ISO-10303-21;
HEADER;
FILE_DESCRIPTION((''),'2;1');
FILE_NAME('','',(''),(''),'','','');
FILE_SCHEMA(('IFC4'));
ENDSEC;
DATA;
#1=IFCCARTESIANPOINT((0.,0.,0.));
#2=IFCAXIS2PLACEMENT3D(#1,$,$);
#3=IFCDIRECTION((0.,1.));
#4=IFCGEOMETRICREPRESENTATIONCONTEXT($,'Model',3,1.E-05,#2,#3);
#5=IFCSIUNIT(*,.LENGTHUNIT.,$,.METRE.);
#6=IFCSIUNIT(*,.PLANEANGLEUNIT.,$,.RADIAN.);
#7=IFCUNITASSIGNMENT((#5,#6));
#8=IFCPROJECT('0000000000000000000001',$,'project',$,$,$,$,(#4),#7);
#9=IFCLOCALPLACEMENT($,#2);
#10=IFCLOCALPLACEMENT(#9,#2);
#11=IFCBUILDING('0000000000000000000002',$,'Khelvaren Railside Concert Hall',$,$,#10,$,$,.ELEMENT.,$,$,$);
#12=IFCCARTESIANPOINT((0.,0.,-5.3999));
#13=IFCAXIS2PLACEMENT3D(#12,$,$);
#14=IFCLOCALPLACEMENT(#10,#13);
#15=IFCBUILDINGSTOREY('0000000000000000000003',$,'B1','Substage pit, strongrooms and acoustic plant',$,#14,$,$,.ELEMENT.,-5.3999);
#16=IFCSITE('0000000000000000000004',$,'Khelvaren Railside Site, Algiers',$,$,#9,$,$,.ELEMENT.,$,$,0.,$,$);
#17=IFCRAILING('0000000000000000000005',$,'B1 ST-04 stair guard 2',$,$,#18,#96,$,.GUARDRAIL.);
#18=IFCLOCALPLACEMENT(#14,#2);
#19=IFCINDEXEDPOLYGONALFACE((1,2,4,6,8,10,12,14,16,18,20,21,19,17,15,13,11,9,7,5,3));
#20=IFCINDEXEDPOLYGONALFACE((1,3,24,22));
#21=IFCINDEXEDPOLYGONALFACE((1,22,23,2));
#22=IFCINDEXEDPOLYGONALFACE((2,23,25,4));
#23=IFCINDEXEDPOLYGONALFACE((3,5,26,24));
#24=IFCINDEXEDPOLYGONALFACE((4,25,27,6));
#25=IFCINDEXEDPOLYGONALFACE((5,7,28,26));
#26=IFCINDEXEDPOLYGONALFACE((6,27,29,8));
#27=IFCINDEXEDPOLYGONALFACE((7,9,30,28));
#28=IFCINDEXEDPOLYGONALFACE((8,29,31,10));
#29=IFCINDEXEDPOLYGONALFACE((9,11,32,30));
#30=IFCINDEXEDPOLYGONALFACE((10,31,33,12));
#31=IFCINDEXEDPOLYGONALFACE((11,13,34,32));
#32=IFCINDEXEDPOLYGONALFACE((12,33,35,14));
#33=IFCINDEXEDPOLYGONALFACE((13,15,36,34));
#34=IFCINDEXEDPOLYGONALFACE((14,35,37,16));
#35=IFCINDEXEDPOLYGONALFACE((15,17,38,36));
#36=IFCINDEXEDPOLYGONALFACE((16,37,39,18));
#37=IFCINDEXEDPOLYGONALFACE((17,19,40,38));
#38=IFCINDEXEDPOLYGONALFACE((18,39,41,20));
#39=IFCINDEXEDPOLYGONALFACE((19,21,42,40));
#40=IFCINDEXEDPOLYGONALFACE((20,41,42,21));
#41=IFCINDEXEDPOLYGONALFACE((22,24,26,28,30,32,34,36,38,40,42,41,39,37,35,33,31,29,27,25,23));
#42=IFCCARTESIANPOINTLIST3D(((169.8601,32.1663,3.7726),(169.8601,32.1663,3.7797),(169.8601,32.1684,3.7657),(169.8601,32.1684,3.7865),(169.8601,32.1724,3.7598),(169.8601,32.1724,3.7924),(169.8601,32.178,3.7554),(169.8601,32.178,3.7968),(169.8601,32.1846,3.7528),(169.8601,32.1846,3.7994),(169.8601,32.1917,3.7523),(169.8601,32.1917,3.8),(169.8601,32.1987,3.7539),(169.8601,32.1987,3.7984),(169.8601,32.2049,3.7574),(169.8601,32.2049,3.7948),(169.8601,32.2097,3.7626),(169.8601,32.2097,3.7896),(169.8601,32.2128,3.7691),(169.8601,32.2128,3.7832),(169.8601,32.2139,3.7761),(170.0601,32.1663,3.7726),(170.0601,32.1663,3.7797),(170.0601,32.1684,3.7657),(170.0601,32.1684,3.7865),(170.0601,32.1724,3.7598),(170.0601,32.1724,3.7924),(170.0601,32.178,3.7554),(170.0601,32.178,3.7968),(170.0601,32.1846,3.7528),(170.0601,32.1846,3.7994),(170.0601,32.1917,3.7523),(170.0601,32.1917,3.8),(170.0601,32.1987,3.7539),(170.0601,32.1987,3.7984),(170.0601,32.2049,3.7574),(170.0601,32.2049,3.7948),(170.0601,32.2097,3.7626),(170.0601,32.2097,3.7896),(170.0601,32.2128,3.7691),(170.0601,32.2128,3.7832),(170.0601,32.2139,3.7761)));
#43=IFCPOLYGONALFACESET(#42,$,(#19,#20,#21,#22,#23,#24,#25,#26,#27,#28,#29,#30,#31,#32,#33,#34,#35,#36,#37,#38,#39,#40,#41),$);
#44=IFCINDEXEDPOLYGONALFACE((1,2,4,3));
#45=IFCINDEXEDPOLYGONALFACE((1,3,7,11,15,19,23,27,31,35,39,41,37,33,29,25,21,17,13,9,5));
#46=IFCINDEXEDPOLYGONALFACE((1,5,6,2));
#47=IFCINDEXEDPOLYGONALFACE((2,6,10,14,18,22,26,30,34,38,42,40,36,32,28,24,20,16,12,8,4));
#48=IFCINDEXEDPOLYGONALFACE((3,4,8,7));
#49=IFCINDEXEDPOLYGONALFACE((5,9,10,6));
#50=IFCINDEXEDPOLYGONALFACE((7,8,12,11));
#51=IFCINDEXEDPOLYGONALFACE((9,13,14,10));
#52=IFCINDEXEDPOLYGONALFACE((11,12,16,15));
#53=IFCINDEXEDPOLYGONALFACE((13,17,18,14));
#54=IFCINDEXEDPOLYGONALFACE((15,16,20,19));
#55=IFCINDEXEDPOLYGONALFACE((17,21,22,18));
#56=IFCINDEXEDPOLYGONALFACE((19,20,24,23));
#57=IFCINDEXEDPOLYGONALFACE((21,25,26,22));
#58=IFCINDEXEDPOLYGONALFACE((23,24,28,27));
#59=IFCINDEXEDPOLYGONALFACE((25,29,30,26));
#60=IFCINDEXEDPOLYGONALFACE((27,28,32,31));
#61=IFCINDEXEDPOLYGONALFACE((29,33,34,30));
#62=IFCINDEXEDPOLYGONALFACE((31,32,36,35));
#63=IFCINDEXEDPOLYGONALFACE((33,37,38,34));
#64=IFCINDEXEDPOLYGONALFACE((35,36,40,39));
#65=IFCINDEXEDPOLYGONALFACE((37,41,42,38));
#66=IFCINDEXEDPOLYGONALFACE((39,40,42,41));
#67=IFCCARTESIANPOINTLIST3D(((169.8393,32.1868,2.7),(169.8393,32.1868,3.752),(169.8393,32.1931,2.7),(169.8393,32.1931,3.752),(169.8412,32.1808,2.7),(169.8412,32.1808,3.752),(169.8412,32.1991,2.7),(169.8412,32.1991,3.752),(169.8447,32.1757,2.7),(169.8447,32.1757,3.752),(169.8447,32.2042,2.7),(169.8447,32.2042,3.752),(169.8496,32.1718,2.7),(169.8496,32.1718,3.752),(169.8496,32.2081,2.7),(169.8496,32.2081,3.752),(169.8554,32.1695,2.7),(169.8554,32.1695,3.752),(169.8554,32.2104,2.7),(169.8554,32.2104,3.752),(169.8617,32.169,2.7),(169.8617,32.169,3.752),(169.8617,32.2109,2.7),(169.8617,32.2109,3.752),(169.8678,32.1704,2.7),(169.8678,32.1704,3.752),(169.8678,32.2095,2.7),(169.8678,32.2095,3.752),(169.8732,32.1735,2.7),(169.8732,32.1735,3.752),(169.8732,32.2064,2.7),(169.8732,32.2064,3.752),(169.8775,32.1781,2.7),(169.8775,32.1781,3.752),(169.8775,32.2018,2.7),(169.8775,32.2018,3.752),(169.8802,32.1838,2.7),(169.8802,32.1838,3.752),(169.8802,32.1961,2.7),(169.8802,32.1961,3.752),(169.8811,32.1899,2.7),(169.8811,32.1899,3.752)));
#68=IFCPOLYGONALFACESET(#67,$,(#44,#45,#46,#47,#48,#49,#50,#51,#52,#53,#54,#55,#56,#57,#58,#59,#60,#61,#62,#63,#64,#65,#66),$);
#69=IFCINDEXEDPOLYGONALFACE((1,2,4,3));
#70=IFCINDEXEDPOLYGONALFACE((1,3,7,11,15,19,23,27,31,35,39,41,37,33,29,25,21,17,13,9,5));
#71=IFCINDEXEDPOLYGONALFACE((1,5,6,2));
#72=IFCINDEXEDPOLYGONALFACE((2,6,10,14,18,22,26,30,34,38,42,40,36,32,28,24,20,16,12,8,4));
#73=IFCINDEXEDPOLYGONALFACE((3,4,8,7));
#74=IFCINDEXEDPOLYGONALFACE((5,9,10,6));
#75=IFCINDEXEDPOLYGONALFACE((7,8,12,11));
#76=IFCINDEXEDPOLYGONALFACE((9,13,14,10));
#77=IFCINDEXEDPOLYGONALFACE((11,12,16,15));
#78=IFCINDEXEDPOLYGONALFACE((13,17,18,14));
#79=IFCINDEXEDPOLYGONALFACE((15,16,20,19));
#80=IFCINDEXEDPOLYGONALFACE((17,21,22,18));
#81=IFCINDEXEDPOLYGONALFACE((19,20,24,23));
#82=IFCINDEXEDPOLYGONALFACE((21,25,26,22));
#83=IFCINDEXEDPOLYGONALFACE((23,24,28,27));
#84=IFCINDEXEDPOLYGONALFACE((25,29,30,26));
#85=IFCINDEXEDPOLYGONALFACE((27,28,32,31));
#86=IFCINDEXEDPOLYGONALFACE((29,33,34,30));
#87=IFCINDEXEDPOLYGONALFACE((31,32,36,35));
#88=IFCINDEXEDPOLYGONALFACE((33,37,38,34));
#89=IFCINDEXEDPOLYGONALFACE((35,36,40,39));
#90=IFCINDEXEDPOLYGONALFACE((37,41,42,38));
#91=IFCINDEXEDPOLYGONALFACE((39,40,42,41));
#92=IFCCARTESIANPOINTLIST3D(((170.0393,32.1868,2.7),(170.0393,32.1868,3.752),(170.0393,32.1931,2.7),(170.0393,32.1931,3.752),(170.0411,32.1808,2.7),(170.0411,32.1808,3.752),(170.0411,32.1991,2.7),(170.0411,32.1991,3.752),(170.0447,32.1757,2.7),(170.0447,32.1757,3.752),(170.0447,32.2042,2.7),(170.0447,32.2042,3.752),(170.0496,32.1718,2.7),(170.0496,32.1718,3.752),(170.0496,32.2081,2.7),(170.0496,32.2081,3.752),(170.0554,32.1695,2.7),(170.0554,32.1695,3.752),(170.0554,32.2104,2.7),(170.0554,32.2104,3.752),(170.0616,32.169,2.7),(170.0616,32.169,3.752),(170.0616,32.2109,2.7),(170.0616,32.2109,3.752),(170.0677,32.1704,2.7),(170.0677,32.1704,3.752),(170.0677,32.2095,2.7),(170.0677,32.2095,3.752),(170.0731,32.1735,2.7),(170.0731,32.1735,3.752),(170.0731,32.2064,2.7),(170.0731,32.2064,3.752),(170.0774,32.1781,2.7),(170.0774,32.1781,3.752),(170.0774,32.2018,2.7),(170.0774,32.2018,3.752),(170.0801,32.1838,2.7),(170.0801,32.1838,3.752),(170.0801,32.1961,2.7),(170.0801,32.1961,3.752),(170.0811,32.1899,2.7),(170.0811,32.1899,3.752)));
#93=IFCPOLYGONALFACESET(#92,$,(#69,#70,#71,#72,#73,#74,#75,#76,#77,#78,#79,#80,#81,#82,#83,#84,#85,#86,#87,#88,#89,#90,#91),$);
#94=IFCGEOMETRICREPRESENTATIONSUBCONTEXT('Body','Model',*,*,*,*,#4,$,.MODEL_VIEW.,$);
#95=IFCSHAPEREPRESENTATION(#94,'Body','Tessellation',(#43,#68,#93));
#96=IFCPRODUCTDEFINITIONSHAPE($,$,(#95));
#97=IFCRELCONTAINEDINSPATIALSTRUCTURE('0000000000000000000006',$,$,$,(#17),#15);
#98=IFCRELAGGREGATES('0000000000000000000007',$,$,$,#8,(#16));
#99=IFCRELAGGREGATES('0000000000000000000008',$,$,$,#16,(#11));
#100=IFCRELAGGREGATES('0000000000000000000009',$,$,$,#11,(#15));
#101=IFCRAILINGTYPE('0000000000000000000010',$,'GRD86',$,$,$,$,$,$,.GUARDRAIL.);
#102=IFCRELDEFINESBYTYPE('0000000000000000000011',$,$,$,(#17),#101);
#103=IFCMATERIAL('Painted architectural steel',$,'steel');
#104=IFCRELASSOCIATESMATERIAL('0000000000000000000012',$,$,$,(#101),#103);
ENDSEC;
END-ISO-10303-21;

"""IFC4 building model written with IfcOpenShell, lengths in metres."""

from ifc_helpers import new_model, si_unit, direction, frame, origin, origin_2d, place, context, subcontext, project, spatial, circle, extrude, material, type_object, element, save


model = new_model("IFC4")

# Units and contexts
model_context = context("Model", 3, precision=1e-05, world=origin(), true_north=direction((0.0, 1.0)))
body_context = subcontext(model_context, "Body", "Model", "MODEL_VIEW")
ifc_project = project(units=[si_unit("LENGTHUNIT", "METRE"), si_unit("PLANEANGLEUNIT", "RADIAN")], contexts=[model_context])

# Site, building, storey
site_placement = place(None, origin())
site = spatial("IfcSite", under=ifc_project, at=site_placement, Name="Khelvaren Railside Site, Algiers", CompositionType="ELEMENT", RefElevation=0.0)
building_placement = place(site_placement, origin())
building = spatial("IfcBuilding", under=site, at=building_placement, Name="Khelvaren Railside Concert Hall", CompositionType="ELEMENT")
storey_placement = place(building_placement, frame((0.0, 0.0, -5.3999)))
storey = spatial("IfcBuildingStorey", under=building, at=storey_placement, Name="B1", Description="Substage pit, strongrooms and acoustic plant", CompositionType="ELEMENT", Elevation=-5.3999)

# Railing
ifc_material_1 = material(Name="Painted architectural steel", Category="steel")
railing_type = type_object("IfcRailingType", Name="GRD86", PredefinedType="GUARDRAIL", material=ifc_material_1)
railing_1_placement = place(storey_placement, frame((169.8601, 32.1899, 2.7)))
element("IfcRailing", 1, at=railing_1_placement, inside=storey, type_object=railing_type, Name="B1 ST-04 stair guard 2", PredefinedType="GUARDRAIL", context=body_context, shape_type="SweptSolid", body=[
    extrude(circle(Radius=0.0239, at=origin_2d()), frame((0.0, 0.0, 1.0762), z_axis=(1.0, 0.0, 0.0), x_axis=(0.0, 1.0, 0.0)), (0.0, 0.0, 1.0), 0.2),
    extrude(circle(Radius=0.021, at=origin_2d()), origin(), (0.0, 0.0, 1.0), 1.052),
    extrude(circle(Radius=0.021, at=origin_2d()), frame((0.2, 0.0, 0.0)), (0.0, 0.0, 1.0), 1.052),
])

save(model, "model.ifc")
